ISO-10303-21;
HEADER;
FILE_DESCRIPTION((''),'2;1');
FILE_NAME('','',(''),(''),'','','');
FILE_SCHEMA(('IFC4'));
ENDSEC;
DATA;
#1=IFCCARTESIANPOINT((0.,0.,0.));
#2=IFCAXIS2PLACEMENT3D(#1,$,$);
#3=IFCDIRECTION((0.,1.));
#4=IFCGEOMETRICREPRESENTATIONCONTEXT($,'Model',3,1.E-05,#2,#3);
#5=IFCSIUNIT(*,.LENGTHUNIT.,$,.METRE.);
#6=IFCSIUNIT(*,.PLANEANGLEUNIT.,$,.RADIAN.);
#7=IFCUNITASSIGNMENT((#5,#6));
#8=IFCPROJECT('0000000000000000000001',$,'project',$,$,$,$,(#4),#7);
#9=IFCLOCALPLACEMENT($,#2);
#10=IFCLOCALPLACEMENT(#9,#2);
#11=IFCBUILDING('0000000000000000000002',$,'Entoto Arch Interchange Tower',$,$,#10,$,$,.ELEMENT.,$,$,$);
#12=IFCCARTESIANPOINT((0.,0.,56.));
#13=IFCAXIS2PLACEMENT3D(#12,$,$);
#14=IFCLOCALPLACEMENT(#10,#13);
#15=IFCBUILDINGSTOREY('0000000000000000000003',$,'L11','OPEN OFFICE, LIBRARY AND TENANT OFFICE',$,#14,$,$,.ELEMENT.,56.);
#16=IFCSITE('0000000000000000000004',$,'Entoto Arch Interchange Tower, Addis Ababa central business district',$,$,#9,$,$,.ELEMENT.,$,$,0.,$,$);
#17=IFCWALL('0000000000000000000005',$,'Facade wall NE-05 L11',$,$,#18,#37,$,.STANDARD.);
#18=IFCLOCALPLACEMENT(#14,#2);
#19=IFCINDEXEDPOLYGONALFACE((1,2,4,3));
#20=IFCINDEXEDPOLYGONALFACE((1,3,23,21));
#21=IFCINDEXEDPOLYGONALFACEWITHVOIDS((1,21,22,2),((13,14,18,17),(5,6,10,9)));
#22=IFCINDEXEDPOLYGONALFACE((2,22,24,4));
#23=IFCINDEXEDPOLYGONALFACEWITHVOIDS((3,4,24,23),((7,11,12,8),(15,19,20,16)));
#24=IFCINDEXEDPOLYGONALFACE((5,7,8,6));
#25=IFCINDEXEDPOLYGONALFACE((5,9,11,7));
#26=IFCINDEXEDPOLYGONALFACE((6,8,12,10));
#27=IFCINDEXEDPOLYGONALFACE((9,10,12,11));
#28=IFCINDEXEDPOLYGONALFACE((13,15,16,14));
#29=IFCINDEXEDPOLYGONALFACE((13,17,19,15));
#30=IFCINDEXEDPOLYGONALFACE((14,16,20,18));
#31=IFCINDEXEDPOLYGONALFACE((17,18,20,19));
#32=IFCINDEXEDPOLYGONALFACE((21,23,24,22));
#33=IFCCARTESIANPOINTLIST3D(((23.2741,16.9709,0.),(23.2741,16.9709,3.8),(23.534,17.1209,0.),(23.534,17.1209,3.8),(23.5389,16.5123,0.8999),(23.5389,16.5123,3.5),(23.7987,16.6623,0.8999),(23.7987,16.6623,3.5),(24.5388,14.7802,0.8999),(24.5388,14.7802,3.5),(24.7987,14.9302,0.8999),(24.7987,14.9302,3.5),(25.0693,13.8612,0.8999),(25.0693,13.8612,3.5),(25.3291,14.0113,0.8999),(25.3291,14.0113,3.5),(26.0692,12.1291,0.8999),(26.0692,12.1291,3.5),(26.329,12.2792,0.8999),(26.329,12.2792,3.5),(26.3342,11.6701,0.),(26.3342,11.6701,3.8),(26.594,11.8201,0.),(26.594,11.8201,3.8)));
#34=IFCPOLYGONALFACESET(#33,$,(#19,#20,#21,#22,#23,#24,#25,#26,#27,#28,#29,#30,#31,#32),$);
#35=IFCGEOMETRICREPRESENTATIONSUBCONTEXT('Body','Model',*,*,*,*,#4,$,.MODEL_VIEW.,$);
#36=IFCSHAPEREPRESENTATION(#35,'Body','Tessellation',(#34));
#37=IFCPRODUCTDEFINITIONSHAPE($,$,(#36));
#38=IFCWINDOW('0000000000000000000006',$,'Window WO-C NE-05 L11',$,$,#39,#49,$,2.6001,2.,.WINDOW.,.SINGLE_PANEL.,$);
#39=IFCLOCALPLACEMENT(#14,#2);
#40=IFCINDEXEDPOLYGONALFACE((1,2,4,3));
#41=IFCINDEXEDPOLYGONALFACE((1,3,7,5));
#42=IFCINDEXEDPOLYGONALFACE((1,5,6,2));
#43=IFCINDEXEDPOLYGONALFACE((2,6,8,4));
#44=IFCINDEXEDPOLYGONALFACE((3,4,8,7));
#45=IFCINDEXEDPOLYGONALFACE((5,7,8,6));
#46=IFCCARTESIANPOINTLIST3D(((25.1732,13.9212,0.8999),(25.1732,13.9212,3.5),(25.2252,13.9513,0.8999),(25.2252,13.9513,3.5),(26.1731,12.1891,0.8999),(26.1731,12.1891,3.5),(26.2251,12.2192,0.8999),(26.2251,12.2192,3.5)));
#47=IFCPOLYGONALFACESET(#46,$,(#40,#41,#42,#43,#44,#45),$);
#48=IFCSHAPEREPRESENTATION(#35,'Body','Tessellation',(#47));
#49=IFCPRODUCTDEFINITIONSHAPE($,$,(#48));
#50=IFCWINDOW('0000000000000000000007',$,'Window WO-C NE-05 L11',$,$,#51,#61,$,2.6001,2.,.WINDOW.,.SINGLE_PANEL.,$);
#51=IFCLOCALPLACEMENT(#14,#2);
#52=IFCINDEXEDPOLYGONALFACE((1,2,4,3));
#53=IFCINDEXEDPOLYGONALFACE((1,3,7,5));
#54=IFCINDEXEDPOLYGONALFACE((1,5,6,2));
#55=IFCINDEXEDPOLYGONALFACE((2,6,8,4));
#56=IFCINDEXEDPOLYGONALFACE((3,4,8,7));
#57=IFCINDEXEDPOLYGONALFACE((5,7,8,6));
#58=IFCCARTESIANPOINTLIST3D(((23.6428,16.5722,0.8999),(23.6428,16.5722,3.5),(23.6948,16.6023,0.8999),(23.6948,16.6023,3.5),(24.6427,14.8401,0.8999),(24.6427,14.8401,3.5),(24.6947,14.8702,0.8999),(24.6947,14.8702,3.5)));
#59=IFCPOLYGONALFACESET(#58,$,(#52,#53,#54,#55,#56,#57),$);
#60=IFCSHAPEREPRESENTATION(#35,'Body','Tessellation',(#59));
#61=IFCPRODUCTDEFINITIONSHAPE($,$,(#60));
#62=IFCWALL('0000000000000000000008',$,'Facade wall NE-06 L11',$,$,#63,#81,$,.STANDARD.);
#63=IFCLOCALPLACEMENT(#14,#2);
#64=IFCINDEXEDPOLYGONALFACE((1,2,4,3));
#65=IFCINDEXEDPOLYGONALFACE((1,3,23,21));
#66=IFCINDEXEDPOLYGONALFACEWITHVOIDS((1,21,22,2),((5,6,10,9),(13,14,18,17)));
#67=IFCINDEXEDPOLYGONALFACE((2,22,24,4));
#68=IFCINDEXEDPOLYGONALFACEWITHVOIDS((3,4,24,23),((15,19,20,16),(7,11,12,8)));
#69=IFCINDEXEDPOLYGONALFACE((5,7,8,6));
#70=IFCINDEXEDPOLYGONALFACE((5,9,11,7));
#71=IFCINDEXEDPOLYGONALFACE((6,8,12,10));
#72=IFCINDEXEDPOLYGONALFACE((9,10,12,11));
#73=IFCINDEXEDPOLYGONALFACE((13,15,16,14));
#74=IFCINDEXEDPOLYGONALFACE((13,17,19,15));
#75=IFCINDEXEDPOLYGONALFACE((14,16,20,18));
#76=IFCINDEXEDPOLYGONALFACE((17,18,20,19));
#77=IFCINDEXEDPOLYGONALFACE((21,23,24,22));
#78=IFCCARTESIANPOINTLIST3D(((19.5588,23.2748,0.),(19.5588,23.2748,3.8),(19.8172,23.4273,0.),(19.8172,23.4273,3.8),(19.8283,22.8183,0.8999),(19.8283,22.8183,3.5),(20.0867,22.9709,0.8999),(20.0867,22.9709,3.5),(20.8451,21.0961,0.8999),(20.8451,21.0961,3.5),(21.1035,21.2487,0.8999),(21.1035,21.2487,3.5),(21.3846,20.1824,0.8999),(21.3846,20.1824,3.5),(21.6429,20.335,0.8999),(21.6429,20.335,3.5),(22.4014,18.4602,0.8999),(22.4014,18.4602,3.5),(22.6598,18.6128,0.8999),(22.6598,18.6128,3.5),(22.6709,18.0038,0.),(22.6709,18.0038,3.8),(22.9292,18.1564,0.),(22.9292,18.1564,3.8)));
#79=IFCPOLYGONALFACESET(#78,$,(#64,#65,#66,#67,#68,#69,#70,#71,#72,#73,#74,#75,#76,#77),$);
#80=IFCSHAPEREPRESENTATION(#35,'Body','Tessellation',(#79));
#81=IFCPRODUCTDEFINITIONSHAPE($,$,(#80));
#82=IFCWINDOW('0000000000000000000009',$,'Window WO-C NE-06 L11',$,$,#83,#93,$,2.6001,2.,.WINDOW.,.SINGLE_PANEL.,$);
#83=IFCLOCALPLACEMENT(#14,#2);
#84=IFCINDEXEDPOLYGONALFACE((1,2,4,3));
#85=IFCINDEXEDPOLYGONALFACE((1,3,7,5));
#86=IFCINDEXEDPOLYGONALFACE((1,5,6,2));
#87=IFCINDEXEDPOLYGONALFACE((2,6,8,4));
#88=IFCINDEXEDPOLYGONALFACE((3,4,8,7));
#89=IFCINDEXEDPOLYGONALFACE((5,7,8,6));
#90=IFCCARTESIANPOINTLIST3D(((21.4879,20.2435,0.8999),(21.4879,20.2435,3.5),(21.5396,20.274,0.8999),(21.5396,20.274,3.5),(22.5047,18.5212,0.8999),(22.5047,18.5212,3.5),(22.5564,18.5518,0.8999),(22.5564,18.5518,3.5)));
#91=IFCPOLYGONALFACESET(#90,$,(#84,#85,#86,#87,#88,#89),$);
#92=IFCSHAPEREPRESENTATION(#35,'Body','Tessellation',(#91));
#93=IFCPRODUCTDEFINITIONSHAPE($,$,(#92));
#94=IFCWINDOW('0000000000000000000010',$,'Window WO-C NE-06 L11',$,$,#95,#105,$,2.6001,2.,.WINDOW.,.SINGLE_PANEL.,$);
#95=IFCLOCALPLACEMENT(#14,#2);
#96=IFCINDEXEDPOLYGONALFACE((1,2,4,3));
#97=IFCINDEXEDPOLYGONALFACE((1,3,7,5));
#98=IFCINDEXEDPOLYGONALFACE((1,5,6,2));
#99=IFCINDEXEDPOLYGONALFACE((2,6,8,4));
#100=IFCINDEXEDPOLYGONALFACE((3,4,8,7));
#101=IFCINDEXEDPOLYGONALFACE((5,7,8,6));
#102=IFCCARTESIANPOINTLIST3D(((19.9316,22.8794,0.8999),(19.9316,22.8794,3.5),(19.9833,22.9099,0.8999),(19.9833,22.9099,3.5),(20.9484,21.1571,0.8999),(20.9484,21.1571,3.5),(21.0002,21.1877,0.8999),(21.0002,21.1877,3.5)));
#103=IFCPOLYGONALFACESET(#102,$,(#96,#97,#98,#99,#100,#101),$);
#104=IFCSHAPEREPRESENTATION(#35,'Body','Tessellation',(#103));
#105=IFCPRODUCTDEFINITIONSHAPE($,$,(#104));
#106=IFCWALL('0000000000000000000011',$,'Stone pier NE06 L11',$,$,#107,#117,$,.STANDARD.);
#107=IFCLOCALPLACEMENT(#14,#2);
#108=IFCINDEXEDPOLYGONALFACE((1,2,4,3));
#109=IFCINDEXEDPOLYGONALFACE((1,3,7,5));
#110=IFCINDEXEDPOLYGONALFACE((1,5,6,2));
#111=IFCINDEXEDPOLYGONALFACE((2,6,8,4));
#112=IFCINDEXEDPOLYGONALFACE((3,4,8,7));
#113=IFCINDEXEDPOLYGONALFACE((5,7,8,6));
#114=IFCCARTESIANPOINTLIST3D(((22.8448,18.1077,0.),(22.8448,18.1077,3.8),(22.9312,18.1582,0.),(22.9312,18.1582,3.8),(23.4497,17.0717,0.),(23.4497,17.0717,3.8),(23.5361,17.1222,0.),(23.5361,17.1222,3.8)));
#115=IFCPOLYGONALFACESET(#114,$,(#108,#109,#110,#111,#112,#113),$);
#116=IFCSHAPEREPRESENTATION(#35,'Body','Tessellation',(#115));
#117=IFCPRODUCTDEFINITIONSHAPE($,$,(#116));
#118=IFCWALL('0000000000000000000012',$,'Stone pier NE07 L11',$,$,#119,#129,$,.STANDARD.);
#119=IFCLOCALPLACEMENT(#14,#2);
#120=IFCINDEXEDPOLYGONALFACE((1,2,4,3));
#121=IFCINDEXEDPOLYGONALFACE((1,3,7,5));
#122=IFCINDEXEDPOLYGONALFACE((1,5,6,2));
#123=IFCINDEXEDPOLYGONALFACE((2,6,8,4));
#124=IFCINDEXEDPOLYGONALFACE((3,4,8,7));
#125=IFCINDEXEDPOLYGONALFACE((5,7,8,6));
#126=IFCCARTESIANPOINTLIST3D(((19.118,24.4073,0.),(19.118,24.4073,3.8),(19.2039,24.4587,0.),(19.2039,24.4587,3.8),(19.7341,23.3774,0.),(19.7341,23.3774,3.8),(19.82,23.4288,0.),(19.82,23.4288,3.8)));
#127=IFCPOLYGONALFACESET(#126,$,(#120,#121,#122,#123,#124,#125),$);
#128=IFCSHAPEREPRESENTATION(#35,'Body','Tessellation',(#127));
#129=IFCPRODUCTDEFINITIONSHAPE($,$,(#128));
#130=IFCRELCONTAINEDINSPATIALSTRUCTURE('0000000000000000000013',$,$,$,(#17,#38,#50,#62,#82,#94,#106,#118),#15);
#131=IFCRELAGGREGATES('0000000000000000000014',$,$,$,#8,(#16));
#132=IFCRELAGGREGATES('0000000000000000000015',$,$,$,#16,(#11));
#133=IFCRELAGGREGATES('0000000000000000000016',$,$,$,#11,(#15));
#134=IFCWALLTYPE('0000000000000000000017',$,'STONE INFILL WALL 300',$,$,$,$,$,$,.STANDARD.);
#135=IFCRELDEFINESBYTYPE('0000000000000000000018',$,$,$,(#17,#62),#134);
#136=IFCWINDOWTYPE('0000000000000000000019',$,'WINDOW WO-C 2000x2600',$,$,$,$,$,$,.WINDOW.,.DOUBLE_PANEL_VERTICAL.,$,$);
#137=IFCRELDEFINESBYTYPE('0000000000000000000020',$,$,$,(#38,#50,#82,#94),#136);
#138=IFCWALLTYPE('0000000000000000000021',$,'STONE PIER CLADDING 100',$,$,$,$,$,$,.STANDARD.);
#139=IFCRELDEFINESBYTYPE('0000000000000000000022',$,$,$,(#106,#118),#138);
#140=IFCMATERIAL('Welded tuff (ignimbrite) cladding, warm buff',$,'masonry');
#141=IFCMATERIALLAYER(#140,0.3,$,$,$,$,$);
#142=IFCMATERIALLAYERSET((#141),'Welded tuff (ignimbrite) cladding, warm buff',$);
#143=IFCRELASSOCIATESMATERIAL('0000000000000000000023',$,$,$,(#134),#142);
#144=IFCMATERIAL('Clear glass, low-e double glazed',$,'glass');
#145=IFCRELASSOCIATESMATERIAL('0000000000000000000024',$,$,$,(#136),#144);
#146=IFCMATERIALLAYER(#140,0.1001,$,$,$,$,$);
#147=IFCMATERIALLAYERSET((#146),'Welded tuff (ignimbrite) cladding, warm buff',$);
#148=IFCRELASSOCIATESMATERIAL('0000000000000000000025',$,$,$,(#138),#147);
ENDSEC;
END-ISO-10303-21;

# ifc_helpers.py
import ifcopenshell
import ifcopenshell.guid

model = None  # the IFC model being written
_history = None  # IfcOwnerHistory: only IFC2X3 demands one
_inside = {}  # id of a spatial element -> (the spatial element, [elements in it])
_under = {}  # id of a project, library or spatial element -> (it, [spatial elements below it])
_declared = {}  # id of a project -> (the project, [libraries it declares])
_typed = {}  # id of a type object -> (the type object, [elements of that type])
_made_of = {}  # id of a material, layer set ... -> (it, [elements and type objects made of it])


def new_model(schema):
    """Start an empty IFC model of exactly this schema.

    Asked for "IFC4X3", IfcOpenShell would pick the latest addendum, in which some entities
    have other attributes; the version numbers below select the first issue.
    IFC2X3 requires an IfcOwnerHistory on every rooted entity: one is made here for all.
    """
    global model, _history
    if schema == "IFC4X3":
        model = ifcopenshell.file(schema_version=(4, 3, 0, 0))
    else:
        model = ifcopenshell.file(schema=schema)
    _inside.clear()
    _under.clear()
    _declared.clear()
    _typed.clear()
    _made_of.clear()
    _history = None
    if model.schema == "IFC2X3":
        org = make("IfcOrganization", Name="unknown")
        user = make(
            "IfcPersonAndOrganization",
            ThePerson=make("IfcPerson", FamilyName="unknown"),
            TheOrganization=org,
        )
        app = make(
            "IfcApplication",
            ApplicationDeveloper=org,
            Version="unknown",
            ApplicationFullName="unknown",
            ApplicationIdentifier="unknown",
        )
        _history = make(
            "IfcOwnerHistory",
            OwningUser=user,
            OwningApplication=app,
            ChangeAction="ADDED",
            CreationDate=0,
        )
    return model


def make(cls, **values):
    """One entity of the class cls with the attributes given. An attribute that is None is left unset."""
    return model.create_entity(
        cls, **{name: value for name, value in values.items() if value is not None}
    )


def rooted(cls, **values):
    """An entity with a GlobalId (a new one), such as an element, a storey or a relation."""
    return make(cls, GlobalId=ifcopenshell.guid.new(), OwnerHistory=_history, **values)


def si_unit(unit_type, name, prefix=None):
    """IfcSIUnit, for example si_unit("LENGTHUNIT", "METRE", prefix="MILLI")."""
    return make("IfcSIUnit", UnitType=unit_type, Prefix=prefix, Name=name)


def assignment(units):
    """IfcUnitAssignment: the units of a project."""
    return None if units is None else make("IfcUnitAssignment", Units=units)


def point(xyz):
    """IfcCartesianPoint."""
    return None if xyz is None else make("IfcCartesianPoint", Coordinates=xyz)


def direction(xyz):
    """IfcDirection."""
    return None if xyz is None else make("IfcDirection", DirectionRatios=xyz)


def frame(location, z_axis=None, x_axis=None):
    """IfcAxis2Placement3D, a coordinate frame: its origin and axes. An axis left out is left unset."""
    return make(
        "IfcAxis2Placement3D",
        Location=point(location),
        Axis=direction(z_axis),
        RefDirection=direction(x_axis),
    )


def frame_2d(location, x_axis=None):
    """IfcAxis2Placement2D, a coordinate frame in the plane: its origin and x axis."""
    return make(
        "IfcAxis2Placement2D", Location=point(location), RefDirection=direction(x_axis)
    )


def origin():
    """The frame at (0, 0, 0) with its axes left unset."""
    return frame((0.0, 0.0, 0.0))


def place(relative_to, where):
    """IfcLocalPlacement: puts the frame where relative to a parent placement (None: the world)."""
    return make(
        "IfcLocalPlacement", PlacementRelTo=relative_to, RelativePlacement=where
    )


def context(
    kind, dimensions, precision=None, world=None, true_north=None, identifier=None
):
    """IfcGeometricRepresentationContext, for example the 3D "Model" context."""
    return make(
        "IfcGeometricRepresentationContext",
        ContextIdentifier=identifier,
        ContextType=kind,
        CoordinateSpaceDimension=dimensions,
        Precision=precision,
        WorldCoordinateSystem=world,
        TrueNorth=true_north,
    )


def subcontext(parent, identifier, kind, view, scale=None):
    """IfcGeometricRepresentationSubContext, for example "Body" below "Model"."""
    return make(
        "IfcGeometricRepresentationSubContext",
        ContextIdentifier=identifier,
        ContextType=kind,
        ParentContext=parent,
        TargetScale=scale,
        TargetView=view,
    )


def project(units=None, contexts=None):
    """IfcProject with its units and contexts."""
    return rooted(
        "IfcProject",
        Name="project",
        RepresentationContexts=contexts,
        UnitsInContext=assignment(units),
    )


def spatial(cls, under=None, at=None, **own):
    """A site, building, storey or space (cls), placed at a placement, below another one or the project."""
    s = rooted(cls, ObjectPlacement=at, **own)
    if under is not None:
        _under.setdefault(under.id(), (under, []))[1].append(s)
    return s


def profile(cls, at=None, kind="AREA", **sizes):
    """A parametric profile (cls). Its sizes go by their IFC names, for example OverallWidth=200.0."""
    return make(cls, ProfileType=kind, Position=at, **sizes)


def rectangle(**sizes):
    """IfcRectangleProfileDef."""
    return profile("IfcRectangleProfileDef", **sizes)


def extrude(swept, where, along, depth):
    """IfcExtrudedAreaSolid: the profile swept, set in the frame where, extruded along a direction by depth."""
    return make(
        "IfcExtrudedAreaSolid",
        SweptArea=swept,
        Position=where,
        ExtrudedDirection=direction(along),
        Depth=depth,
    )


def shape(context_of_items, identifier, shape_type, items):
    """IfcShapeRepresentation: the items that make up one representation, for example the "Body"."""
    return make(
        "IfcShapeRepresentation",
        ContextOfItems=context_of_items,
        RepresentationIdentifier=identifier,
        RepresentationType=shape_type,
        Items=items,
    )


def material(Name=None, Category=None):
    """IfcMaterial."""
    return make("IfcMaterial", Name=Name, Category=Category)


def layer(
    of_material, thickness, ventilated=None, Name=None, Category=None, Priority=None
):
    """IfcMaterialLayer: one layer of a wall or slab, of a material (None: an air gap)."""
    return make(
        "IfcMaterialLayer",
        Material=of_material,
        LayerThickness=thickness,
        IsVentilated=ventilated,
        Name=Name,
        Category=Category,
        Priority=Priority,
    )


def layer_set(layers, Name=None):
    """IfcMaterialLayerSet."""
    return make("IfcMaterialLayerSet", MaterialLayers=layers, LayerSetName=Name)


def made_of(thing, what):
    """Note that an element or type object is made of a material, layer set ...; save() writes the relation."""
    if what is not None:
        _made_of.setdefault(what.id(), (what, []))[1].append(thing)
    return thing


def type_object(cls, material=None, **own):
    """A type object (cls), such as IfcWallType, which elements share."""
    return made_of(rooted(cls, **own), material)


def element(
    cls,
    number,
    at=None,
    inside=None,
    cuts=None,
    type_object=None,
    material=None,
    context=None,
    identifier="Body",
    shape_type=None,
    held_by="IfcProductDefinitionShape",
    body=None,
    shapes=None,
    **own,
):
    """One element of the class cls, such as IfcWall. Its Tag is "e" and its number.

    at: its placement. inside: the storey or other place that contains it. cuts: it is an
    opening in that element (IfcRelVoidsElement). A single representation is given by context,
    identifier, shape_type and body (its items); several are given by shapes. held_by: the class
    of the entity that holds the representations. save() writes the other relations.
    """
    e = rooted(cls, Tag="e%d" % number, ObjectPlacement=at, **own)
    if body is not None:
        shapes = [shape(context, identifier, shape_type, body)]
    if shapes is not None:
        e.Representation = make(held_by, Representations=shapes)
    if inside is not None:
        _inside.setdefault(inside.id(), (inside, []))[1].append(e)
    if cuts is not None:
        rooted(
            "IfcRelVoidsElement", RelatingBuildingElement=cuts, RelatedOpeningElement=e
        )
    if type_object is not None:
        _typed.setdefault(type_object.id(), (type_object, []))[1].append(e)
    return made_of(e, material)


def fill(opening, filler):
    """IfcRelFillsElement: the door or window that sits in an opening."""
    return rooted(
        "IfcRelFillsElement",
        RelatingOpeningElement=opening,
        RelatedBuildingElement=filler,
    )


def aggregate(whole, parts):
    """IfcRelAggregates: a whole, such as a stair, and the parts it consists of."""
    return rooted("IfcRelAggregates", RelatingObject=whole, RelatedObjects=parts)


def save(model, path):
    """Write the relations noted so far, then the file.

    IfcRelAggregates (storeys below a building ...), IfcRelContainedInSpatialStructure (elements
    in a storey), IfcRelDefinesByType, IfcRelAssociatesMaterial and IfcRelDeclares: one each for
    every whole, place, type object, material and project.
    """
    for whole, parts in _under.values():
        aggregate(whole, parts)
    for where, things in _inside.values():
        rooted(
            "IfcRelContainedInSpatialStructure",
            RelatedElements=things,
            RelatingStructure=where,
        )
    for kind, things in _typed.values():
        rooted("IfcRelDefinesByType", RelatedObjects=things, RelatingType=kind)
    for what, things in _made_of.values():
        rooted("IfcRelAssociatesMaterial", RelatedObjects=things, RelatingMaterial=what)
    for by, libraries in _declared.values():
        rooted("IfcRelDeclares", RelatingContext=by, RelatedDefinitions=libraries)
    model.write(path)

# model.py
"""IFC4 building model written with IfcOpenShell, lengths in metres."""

from ifc_helpers import new_model, si_unit, direction, frame, frame_2d, origin, place, context, subcontext, project, spatial, rectangle, extrude, material, layer, layer_set, type_object, element, fill, save


model = new_model("IFC4")

# Units and contexts
model_context = context("Model", 3, precision=1e-05, world=origin(), true_north=direction((0.0, 1.0)))
body_context = subcontext(model_context, "Body", "Model", "MODEL_VIEW")
ifc_project = project(units=[si_unit("LENGTHUNIT", "METRE"), si_unit("PLANEANGLEUNIT", "RADIAN")], contexts=[model_context])

# Site, building, storey
site_placement = place(None, origin())
site = spatial("IfcSite", under=ifc_project, at=site_placement, Name="Entoto Arch Interchange Tower, Addis Ababa central business district", CompositionType="ELEMENT", RefElevation=0.0)
building_placement = place(site_placement, origin())
building = spatial("IfcBuilding", under=site, at=building_placement, Name="Entoto Arch Interchange Tower", CompositionType="ELEMENT")
storey_placement = place(building_placement, frame((0.0, 0.0, 56.0)))
storey = spatial("IfcBuildingStorey", under=building, at=storey_placement, Name="L11", Description="OPEN OFFICE, LIBRARY AND TENANT OFFICE", CompositionType="ELEMENT", Elevation=56.0)

# Walls, openings, windows
ifc_material_1 = material(Name="Welded tuff (ignimbrite) cladding, warm buff", Category="masonry")
ifc_layer_1 = layer(ifc_material_1, 0.3)
ifc_layer_set_1 = layer_set([ifc_layer_1], Name="Welded tuff (ignimbrite) cladding, warm buff")
wall_type_1 = type_object("IfcWallType", Name="STONE INFILL WALL 300", PredefinedType="STANDARD", material=ifc_layer_set_1)
wall_1_placement = place(storey_placement, frame((26.4641, 11.7451, 0.0), z_axis=(0.0, 0.0, 1.0), x_axis=(-0.499957, 0.86605, 0.0)))
wall_1 = element("IfcWall", 1, at=wall_1_placement, inside=storey, type_object=wall_type_1, Name="Facade wall NE-05 L11", PredefinedType="STANDARD", context=body_context, shape_type="SweptSolid", body=[
    extrude(rectangle(XDim=6.1206, YDim=0.3, at=frame_2d((3.0603, 0.0))), origin(), (0.0, 0.0, 1.0), 3.8),
])
opening_1_placement = place(wall_1_placement, frame((0.53, 0.0, 0.8999)))
opening_1 = element("IfcOpeningElement", 2, at=opening_1_placement, cuts=wall_1, PredefinedType="OPENING", context=body_context, shape_type="SweptSolid", body=[
    extrude(rectangle(XDim=2.0, YDim=2.6001, at=frame_2d((1.0, 1.3))), frame((0.0, 0.1602, 0.0), z_axis=(0.0, -1.0, 0.0), x_axis=(1.0, 0.0, 0.0)), (0.0, 0.0, 1.0), 0.3201),
])
opening_2_placement = place(wall_1_placement, frame((3.5911, 0.0, 0.8999)))
opening_2 = element("IfcOpeningElement", 3, at=opening_2_placement, cuts=wall_1, PredefinedType="OPENING", context=body_context, shape_type="SweptSolid", body=[
    extrude(rectangle(XDim=2.0, YDim=2.6001, at=frame_2d((1.0, 1.3))), frame((0.0, 0.1602, 0.0), z_axis=(0.0, -1.0, 0.0), x_axis=(1.0, 0.0, 0.0)), (0.0, 0.0, 1.0), 0.3201),
])
ifc_material_2 = material(Name="Clear glass, low-e double glazed", Category="glass")
window_type = type_object("IfcWindowType", Name="WINDOW WO-C 2000x2600", PartitioningType="DOUBLE_PANEL_VERTICAL", PredefinedType="WINDOW", material=ifc_material_2)
window_1_placement = place(opening_1_placement, origin())
window_1 = element("IfcWindow", 4, at=window_1_placement, inside=storey, type_object=window_type, Name="Window WO-C NE-05 L11", OverallHeight=2.6001, OverallWidth=2.0, PartitioningType="SINGLE_PANEL", PredefinedType="WINDOW", context=body_context, shape_type="SweptSolid", body=[
    extrude(rectangle(XDim=2.0, YDim=2.6001, at=frame_2d((1.0, 1.3))), frame((0.0, 0.03, 0.0), z_axis=(0.0, -1.0, 0.0), x_axis=(1.0, 0.0, 0.0)), (0.0, 0.0, 1.0), 0.0601),
])
fill(opening_1, window_1)
window_2_placement = place(opening_2_placement, origin())
window_2 = element("IfcWindow", 5, at=window_2_placement, inside=storey, type_object=window_type, Name="Window WO-C NE-05 L11", OverallHeight=2.6001, OverallWidth=2.0, PartitioningType="SINGLE_PANEL", PredefinedType="WINDOW", context=body_context, shape_type="SweptSolid", body=[
    extrude(rectangle(XDim=2.0, YDim=2.6001, at=frame_2d((1.0, 1.3))), frame((0.0, 0.03, 0.0), z_axis=(0.0, -1.0, 0.0), x_axis=(1.0, 0.0, 0.0)), (0.0, 0.0, 1.0), 0.0601),
])
fill(opening_2, window_2)
wall_2_placement = place(storey_placement, frame((22.8, 18.0801, 0.0), z_axis=(0.0, 0.0, 1.0), x_axis=(-0.508412, 0.861114, 0.0)))
wall_2 = element("IfcWall", 6, at=wall_2_placement, inside=storey, type_object=wall_type_1, Name="Facade wall NE-06 L11", PredefinedType="STANDARD", context=body_context, shape_type="SweptSolid", body=[
    extrude(rectangle(XDim=6.1211, YDim=0.3, at=frame_2d((3.0605, 0.0))), origin(), (0.0, 0.0, 1.0), 3.8),
])
opening_3_placement = place(wall_2_placement, frame((0.53, 0.0, 0.8999)))
opening_3 = element("IfcOpeningElement", 7, at=opening_3_placement, cuts=wall_2, PredefinedType="OPENING", context=body_context, shape_type="SweptSolid", body=[
    extrude(rectangle(XDim=2.0, YDim=2.6001, at=frame_2d((1.0, 1.3))), frame((0.0, 0.1602, 0.0), z_axis=(0.0, -1.0, 0.0), x_axis=(1.0, 0.0, 0.0)), (0.0, 0.0, 1.0), 0.3201),
])
opening_4_placement = place(wall_2_placement, frame((3.5911, 0.0, 0.8999)))
opening_4 = element("IfcOpeningElement", 8, at=opening_4_placement, cuts=wall_2, PredefinedType="OPENING", context=body_context, shape_type="SweptSolid", body=[
    extrude(rectangle(XDim=2.0, YDim=2.6001, at=frame_2d((1.0, 1.3))), frame((0.0, 0.1602, 0.0), z_axis=(0.0, -1.0, 0.0), x_axis=(1.0, 0.0, 0.0)), (0.0, 0.0, 1.0), 0.3201),
])
window_3_placement = place(opening_3_placement, origin())
window_3 = element("IfcWindow", 9, at=window_3_placement, inside=storey, type_object=window_type, Name="Window WO-C NE-06 L11", OverallHeight=2.6001, OverallWidth=2.0, PartitioningType="SINGLE_PANEL", PredefinedType="WINDOW", context=body_context, shape_type="SweptSolid", body=[
    extrude(rectangle(XDim=2.0, YDim=2.6001, at=frame_2d((1.0, 1.3))), frame((0.0, 0.03, 0.0), z_axis=(0.0, -1.0, 0.0), x_axis=(1.0, 0.0, 0.0)), (0.0, 0.0, 1.0), 0.0601),
])
fill(opening_3, window_3)
window_4_placement = place(opening_4_placement, origin())
window_4 = element("IfcWindow", 10, at=window_4_placement, inside=storey, type_object=window_type, Name="Window WO-C NE-06 L11", OverallHeight=2.6001, OverallWidth=2.0, PartitioningType="SINGLE_PANEL", PredefinedType="WINDOW", context=body_context, shape_type="SweptSolid", body=[
    extrude(rectangle(XDim=2.0, YDim=2.6001, at=frame_2d((1.0, 1.3))), frame((0.0, 0.03, 0.0), z_axis=(0.0, -1.0, 0.0), x_axis=(1.0, 0.0, 0.0)), (0.0, 0.0, 1.0), 0.0601),
])
fill(opening_4, window_4)

# Walls
ifc_layer_2 = layer(ifc_material_1, 0.1001)
ifc_layer_set_2 = layer_set([ifc_layer_2], Name="Welded tuff (ignimbrite) cladding, warm buff")
wall_type_2 = type_object("IfcWallType", Name="STONE PIER CLADDING 100", PredefinedType="STANDARD", material=ifc_layer_set_2)
wall_3_placement = place(storey_placement, frame((23.4929, 17.0969, 0.0), z_axis=(0.0, 0.0, 1.0), x_axis=(-0.504225, 0.863572, 0.0)))
element("IfcWall", 11, at=wall_3_placement, inside=storey, type_object=wall_type_2, Name="Stone pier NE06 L11", PredefinedType="STANDARD", context=body_context, shape_type="SweptSolid", body=[
    extrude(rectangle(XDim=1.1997, YDim=0.1001, at=frame_2d((0.5999, 0.0))), origin(), (0.0, 0.0, 1.0), 3.8),
])
wall_4_placement = place(storey_placement, frame((19.7771, 23.4031, 0.0), z_axis=(0.0, 0.0, 1.0), x_axis=(-0.513389, 0.858156, 0.0)))
element("IfcWall", 12, at=wall_4_placement, inside=storey, type_object=wall_type_2, Name="Stone pier NE07 L11", PredefinedType="STANDARD", context=body_context, shape_type="SweptSolid", body=[
    extrude(rectangle(XDim=1.2002, YDim=0.1001, at=frame_2d((0.6001, 0.0))), origin(), (0.0, 0.0, 1.0), 3.8),
])

save(model, "model.ifc")
